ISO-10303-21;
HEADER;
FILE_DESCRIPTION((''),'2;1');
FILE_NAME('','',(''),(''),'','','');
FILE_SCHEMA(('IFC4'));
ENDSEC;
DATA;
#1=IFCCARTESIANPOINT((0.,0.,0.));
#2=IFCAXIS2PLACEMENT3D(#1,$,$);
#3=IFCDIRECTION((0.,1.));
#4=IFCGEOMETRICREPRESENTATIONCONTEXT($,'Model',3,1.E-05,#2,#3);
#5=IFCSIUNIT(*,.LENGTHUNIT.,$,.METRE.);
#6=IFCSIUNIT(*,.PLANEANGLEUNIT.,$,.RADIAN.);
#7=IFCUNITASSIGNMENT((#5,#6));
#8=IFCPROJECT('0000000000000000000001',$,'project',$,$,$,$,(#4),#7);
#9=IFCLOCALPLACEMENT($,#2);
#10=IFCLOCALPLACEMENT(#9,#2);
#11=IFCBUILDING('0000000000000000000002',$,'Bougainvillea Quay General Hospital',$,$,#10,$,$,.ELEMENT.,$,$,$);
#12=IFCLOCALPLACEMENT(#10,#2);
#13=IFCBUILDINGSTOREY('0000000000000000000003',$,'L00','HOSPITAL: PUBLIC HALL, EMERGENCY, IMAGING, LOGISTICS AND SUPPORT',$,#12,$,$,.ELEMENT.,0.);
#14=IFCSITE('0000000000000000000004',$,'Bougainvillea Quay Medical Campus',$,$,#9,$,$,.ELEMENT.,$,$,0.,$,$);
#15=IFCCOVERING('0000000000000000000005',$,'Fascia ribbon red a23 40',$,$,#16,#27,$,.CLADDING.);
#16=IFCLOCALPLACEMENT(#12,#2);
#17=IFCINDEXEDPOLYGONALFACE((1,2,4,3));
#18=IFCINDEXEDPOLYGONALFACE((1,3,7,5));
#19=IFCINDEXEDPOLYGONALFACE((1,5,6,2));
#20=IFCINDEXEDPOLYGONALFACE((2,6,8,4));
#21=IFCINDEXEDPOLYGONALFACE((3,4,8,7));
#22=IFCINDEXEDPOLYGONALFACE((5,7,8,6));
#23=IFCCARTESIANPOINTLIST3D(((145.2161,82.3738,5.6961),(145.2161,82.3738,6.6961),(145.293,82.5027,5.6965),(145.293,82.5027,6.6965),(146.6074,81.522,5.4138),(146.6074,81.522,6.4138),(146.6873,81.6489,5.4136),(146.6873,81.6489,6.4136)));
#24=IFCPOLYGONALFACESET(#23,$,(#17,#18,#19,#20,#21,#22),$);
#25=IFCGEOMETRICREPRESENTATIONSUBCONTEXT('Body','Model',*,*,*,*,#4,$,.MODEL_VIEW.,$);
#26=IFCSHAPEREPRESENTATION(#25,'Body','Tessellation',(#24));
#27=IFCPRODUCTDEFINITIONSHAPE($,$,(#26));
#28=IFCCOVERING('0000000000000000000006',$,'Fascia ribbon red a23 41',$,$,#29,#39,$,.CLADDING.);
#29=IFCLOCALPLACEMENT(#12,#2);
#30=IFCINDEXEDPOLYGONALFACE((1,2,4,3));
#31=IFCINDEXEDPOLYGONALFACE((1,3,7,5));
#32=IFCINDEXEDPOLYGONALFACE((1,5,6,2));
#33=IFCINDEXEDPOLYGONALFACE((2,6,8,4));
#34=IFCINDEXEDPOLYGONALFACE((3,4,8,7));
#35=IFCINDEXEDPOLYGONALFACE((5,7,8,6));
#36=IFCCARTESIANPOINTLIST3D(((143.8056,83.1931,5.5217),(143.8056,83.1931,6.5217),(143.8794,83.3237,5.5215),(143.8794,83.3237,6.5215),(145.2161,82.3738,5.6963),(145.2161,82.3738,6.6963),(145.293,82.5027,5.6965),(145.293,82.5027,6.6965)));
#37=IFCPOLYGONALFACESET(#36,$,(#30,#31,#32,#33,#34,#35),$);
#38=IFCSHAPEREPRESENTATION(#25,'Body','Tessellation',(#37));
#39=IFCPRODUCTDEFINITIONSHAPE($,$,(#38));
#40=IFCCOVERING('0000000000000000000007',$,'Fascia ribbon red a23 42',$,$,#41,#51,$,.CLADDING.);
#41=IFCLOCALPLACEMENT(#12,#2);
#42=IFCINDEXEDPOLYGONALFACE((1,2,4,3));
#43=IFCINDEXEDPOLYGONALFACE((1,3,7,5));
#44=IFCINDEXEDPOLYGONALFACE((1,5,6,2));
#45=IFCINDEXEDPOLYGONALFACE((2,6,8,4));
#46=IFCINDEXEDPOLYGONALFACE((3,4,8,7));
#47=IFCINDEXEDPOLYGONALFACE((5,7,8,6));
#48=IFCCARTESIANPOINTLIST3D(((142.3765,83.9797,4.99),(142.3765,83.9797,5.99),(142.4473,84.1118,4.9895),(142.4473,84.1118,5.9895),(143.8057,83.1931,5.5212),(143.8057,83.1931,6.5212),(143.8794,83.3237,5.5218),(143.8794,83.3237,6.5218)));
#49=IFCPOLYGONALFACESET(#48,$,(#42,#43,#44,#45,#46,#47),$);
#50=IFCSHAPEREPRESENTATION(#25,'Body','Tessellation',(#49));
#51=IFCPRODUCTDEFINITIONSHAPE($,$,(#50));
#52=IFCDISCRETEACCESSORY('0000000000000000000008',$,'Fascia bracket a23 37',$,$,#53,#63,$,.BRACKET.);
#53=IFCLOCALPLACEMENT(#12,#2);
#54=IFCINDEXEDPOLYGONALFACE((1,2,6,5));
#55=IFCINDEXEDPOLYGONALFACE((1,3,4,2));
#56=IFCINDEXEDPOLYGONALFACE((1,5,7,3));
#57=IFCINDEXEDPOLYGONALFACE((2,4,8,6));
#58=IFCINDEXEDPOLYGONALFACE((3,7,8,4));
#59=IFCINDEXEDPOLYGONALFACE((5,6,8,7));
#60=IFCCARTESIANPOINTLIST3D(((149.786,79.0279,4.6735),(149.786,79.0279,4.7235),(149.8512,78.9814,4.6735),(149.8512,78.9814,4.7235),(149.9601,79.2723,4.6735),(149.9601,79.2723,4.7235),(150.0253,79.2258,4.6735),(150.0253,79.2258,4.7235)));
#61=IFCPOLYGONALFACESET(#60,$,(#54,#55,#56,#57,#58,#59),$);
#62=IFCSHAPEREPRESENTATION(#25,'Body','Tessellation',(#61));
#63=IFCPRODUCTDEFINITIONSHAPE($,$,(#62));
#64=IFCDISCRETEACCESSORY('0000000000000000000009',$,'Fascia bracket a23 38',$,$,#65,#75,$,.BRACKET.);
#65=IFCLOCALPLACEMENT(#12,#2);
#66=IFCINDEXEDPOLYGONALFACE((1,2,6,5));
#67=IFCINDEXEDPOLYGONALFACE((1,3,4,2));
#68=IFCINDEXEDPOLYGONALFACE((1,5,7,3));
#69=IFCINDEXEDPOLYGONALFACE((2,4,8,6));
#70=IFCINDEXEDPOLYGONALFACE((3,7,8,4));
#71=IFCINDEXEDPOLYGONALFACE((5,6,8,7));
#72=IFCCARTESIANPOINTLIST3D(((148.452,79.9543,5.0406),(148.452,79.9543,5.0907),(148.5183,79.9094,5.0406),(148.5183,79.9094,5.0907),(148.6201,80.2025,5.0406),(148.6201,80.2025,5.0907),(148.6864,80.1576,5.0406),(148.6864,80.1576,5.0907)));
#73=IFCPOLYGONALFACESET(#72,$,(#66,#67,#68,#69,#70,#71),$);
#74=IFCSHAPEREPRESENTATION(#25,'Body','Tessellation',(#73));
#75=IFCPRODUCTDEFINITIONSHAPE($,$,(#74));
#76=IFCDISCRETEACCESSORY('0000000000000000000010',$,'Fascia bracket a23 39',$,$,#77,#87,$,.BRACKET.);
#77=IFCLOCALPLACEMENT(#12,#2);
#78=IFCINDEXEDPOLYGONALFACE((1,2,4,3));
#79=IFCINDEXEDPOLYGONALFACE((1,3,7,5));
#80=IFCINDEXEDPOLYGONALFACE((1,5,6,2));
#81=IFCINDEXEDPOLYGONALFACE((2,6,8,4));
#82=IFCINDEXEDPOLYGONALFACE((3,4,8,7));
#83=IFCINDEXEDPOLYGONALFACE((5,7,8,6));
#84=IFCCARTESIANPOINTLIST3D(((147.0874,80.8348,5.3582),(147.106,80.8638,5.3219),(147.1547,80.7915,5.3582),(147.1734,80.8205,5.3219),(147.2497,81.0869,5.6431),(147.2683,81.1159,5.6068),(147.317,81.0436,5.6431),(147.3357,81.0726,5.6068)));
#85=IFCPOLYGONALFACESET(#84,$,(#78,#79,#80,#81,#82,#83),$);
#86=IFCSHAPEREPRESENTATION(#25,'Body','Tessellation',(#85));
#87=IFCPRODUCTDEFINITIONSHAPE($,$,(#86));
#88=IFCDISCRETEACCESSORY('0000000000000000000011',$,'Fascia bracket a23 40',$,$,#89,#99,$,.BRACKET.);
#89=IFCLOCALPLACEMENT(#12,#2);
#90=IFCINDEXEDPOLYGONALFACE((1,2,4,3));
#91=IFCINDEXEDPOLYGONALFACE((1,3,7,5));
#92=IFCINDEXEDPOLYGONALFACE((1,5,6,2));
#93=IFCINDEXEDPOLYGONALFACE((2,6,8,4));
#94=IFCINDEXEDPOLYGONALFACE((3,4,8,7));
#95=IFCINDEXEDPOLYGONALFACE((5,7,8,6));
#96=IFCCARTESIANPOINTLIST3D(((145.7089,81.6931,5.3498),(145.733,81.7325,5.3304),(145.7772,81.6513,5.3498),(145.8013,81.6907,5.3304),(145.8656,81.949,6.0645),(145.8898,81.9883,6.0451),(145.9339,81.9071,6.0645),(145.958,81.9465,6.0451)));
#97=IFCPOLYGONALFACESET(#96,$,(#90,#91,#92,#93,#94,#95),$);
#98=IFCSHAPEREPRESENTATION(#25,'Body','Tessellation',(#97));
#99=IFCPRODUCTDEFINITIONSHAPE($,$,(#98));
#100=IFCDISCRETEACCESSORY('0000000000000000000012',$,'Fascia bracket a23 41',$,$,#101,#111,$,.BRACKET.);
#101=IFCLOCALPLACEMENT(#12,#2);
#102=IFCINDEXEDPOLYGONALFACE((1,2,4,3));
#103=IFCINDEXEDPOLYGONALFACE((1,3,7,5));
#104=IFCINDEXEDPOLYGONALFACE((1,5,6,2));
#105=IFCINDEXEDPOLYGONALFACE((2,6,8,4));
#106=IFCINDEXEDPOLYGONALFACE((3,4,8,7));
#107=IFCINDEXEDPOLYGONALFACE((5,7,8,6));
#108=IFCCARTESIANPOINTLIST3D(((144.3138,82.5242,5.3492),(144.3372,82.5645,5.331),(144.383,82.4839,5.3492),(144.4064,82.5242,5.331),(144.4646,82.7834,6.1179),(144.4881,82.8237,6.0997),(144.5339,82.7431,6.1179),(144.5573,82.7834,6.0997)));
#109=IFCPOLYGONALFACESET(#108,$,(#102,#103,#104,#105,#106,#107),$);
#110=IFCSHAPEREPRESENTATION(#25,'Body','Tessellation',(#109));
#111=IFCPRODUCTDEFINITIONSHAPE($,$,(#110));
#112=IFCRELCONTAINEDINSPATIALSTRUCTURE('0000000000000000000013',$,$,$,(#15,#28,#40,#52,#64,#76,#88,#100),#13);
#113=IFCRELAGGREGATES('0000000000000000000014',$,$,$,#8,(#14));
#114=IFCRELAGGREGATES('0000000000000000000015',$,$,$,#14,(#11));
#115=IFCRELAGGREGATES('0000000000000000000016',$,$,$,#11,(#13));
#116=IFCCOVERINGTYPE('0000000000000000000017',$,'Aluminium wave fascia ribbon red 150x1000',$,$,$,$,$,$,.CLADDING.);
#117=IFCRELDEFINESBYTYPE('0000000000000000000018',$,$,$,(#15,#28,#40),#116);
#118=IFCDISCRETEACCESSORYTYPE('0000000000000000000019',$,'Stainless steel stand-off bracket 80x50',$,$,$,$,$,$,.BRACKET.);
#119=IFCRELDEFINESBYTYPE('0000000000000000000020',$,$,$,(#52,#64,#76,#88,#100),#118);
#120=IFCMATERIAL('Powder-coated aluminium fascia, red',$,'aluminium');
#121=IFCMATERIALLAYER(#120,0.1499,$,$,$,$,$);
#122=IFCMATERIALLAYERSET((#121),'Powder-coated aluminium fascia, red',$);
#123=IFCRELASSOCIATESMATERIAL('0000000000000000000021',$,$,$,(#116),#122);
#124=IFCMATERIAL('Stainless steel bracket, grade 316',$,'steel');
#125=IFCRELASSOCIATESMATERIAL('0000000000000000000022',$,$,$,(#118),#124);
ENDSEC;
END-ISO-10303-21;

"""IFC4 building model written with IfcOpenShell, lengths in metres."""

from ifc_helpers import new_model, si_unit, direction, frame, origin, origin_2d, place, context, subcontext, project, spatial, polyline, rectangle, outline, extrude, material, layer, layer_set, material_profile, profile_set, type_object, element, save


model = new_model("IFC4")

# Units and contexts
model_context = context("Model", 3, precision=1e-05, world=origin(), true_north=direction((0.0, 1.0)))
body_context = subcontext(model_context, "Body", "Model", "MODEL_VIEW")
ifc_project = project(units=[si_unit("LENGTHUNIT", "METRE"), si_unit("PLANEANGLEUNIT", "RADIAN")], contexts=[model_context])

# Site, building, storey
site_placement = place(None, origin())
site = spatial("IfcSite", under=ifc_project, at=site_placement, Name="Bougainvillea Quay Medical Campus", CompositionType="ELEMENT", RefElevation=0.0)
building_placement = place(site_placement, origin())
building = spatial("IfcBuilding", under=site, at=building_placement, Name="Bougainvillea Quay General Hospital", CompositionType="ELEMENT")
storey_placement = place(building_placement, origin())
storey = spatial("IfcBuildingStorey", under=building, at=storey_placement, Name="L00", Description="HOSPITAL: PUBLIC HALL, EMERGENCY, IMAGING, LOGISTICS AND SUPPORT", CompositionType="ELEMENT", Elevation=0.0)

# Coverings
ifc_material_1 = material(Name="Powder-coated aluminium fascia, red", Category="aluminium")
ifc_layer_1 = layer(ifc_material_1, 0.1499)
ifc_layer_set_1 = layer_set([ifc_layer_1], Name="Powder-coated aluminium fascia, red")
covering_type = type_object("IfcCoveringType", Name="Aluminium wave fascia ribbon red 150x1000", PredefinedType="CLADDING", material=ifc_layer_set_1)
covering_1_placement = place(storey_placement, frame((146.6074, 81.522, 5.4138), z_axis=(0.144971, -0.089749, 0.985357), x_axis=(-0.840375, 0.514488, 0.170501)))
element("IfcCovering", 1, at=covering_1_placement, inside=storey, type_object=covering_type, Name="Fascia ribbon red a23 40", PredefinedType="CLADDING", context=body_context, shape_type="SweptSolid", body=[
    extrude(outline(polyline([(0.0, 0.0), (1.6556, 0.0), (1.6574, -0.1501), (-0.0018, -0.15), (0.0, 0.0)])), origin(), (0.170501, -0.000837, 0.985357), 1.0),
])
covering_2_placement = place(storey_placement, frame((145.2161, 82.3738, 5.6963), z_axis=(-0.092059, 0.053434, 0.994319), x_axis=(-0.859772, 0.499462, -0.106442)))
element("IfcCovering", 2, at=covering_2_placement, inside=storey, type_object=covering_type, Name="Fascia ribbon red a23 41", PredefinedType="CLADDING", context=body_context, shape_type="SweptSolid", body=[
    extrude(outline(polyline([(0.0, 0.0), (1.6405, 0.0), (1.6423, -0.15), (-0.0017, -0.1501), (0.0, 0.0)])), origin(), (-0.106442, -0.000039, 0.994319), 1.0),
])
covering_3_placement = place(storey_placement, frame((143.8057, 83.1931, 5.5212), z_axis=(-0.271271, 0.149249, 0.950861), x_axis=(-0.833021, 0.458489, -0.309618)))
element("IfcCovering", 3, at=covering_3_placement, inside=storey, type_object=covering_type, Name="Fascia ribbon red a23 42", PredefinedType="CLADDING", context=body_context, shape_type="SweptSolid", body=[
    extrude(outline(polyline([(0.0, 0.0), (1.7157, 0.0), (1.7174, -0.1499), (-0.0017, -0.15), (0.0, 0.0)])), origin(), (-0.309618, -0.000047, 0.950861), 1.0),
])

# Discrete accessories
ifc_material_2 = material(Name="Stainless steel bracket, grade 316", Category="steel")
ifc_material_profile_1 = material_profile(ifc_material_2, rectangle(XDim=0.0801, YDim=0.05, at=origin_2d()))
ifc_profile_set_1 = profile_set([ifc_material_profile_1], Name="Stainless steel bracket, grade 316")
discrete_accessory_type = type_object("IfcDiscreteAccessoryType", Name="Stainless steel stand-off bracket 80x50", PredefinedType="BRACKET", material=ifc_profile_set_1)
discrete_accessory_1_placement = place(storey_placement, frame((149.8186, 79.0046, 4.6985), z_axis=(0.58016, 0.814502, 0.0), x_axis=(-0.814502, 0.58016, 0.0)))
element("IfcDiscreteAccessory", 4, at=discrete_accessory_1_placement, inside=storey, type_object=discrete_accessory_type, Name="Fascia bracket a23 37", PredefinedType="BRACKET", context=body_context, shape_type="SweptSolid", body=[
    extrude(rectangle(XDim=0.0801, YDim=0.05, at=origin_2d()), origin(), (0.0, 0.0, 1.0), 0.3),
])
discrete_accessory_2_placement = place(storey_placement, frame((148.4851, 79.9319, 5.0657), z_axis=(0.560884, 0.827894, 0.0), x_axis=(-0.827894, 0.560884, 0.0)))
element("IfcDiscreteAccessory", 5, at=discrete_accessory_2_placement, inside=storey, type_object=discrete_accessory_type, Name="Fascia bracket a23 38", PredefinedType="BRACKET", context=body_context, shape_type="SweptSolid", body=[
    extrude(rectangle(XDim=0.0801, YDim=0.05, at=origin_2d()), origin(), (0.0, 0.0, 1.0), 0.2998),
])
discrete_accessory_3_placement = place(storey_placement, frame((147.1304, 80.8276, 5.3401), z_axis=(0.392455, 0.609633, 0.688714), x_axis=(-0.840834, 0.541292, 0.0)))
element("IfcDiscreteAccessory", 6, at=discrete_accessory_3_placement, inside=storey, type_object=discrete_accessory_type, Name="Fascia bracket a23 39", PredefinedType="BRACKET", context=body_context, shape_type="SweptSolid", body=[
    extrude(rectangle(XDim=0.0801, YDim=0.05, at=origin_2d()), origin(), (0.0, 0.0, 1.0), 0.4136),
])
discrete_accessory_4_placement = place(storey_placement, frame((145.7551, 81.6919, 5.3401), z_axis=(0.202174, 0.330029, 0.922066), x_axis=(-0.852718, 0.522371, 0.0)))
element("IfcDiscreteAccessory", 7, at=discrete_accessory_4_placement, inside=storey, type_object=discrete_accessory_type, Name="Fascia bracket a23 40", PredefinedType="BRACKET", context=body_context, shape_type="SweptSolid", body=[
    extrude(rectangle(XDim=0.0801, YDim=0.05, at=origin_2d()), origin(), (0.0, 0.0, 1.0), 0.7751),
])
discrete_accessory_5_placement = place(storey_placement, frame((144.3601, 82.5242, 5.3401), z_axis=(0.182828, 0.31418, 0.931593), x_axis=(-0.86431, 0.50296, 0.0)))
element("IfcDiscreteAccessory", 8, at=discrete_accessory_5_placement, inside=storey, type_object=discrete_accessory_type, Name="Fascia bracket a23 41", PredefinedType="BRACKET", context=body_context, shape_type="SweptSolid", body=[
    extrude(rectangle(XDim=0.0801, YDim=0.05, at=origin_2d()), origin(), (0.0, 0.0, 1.0), 0.8252),
])

save(model, "model.ifc")
